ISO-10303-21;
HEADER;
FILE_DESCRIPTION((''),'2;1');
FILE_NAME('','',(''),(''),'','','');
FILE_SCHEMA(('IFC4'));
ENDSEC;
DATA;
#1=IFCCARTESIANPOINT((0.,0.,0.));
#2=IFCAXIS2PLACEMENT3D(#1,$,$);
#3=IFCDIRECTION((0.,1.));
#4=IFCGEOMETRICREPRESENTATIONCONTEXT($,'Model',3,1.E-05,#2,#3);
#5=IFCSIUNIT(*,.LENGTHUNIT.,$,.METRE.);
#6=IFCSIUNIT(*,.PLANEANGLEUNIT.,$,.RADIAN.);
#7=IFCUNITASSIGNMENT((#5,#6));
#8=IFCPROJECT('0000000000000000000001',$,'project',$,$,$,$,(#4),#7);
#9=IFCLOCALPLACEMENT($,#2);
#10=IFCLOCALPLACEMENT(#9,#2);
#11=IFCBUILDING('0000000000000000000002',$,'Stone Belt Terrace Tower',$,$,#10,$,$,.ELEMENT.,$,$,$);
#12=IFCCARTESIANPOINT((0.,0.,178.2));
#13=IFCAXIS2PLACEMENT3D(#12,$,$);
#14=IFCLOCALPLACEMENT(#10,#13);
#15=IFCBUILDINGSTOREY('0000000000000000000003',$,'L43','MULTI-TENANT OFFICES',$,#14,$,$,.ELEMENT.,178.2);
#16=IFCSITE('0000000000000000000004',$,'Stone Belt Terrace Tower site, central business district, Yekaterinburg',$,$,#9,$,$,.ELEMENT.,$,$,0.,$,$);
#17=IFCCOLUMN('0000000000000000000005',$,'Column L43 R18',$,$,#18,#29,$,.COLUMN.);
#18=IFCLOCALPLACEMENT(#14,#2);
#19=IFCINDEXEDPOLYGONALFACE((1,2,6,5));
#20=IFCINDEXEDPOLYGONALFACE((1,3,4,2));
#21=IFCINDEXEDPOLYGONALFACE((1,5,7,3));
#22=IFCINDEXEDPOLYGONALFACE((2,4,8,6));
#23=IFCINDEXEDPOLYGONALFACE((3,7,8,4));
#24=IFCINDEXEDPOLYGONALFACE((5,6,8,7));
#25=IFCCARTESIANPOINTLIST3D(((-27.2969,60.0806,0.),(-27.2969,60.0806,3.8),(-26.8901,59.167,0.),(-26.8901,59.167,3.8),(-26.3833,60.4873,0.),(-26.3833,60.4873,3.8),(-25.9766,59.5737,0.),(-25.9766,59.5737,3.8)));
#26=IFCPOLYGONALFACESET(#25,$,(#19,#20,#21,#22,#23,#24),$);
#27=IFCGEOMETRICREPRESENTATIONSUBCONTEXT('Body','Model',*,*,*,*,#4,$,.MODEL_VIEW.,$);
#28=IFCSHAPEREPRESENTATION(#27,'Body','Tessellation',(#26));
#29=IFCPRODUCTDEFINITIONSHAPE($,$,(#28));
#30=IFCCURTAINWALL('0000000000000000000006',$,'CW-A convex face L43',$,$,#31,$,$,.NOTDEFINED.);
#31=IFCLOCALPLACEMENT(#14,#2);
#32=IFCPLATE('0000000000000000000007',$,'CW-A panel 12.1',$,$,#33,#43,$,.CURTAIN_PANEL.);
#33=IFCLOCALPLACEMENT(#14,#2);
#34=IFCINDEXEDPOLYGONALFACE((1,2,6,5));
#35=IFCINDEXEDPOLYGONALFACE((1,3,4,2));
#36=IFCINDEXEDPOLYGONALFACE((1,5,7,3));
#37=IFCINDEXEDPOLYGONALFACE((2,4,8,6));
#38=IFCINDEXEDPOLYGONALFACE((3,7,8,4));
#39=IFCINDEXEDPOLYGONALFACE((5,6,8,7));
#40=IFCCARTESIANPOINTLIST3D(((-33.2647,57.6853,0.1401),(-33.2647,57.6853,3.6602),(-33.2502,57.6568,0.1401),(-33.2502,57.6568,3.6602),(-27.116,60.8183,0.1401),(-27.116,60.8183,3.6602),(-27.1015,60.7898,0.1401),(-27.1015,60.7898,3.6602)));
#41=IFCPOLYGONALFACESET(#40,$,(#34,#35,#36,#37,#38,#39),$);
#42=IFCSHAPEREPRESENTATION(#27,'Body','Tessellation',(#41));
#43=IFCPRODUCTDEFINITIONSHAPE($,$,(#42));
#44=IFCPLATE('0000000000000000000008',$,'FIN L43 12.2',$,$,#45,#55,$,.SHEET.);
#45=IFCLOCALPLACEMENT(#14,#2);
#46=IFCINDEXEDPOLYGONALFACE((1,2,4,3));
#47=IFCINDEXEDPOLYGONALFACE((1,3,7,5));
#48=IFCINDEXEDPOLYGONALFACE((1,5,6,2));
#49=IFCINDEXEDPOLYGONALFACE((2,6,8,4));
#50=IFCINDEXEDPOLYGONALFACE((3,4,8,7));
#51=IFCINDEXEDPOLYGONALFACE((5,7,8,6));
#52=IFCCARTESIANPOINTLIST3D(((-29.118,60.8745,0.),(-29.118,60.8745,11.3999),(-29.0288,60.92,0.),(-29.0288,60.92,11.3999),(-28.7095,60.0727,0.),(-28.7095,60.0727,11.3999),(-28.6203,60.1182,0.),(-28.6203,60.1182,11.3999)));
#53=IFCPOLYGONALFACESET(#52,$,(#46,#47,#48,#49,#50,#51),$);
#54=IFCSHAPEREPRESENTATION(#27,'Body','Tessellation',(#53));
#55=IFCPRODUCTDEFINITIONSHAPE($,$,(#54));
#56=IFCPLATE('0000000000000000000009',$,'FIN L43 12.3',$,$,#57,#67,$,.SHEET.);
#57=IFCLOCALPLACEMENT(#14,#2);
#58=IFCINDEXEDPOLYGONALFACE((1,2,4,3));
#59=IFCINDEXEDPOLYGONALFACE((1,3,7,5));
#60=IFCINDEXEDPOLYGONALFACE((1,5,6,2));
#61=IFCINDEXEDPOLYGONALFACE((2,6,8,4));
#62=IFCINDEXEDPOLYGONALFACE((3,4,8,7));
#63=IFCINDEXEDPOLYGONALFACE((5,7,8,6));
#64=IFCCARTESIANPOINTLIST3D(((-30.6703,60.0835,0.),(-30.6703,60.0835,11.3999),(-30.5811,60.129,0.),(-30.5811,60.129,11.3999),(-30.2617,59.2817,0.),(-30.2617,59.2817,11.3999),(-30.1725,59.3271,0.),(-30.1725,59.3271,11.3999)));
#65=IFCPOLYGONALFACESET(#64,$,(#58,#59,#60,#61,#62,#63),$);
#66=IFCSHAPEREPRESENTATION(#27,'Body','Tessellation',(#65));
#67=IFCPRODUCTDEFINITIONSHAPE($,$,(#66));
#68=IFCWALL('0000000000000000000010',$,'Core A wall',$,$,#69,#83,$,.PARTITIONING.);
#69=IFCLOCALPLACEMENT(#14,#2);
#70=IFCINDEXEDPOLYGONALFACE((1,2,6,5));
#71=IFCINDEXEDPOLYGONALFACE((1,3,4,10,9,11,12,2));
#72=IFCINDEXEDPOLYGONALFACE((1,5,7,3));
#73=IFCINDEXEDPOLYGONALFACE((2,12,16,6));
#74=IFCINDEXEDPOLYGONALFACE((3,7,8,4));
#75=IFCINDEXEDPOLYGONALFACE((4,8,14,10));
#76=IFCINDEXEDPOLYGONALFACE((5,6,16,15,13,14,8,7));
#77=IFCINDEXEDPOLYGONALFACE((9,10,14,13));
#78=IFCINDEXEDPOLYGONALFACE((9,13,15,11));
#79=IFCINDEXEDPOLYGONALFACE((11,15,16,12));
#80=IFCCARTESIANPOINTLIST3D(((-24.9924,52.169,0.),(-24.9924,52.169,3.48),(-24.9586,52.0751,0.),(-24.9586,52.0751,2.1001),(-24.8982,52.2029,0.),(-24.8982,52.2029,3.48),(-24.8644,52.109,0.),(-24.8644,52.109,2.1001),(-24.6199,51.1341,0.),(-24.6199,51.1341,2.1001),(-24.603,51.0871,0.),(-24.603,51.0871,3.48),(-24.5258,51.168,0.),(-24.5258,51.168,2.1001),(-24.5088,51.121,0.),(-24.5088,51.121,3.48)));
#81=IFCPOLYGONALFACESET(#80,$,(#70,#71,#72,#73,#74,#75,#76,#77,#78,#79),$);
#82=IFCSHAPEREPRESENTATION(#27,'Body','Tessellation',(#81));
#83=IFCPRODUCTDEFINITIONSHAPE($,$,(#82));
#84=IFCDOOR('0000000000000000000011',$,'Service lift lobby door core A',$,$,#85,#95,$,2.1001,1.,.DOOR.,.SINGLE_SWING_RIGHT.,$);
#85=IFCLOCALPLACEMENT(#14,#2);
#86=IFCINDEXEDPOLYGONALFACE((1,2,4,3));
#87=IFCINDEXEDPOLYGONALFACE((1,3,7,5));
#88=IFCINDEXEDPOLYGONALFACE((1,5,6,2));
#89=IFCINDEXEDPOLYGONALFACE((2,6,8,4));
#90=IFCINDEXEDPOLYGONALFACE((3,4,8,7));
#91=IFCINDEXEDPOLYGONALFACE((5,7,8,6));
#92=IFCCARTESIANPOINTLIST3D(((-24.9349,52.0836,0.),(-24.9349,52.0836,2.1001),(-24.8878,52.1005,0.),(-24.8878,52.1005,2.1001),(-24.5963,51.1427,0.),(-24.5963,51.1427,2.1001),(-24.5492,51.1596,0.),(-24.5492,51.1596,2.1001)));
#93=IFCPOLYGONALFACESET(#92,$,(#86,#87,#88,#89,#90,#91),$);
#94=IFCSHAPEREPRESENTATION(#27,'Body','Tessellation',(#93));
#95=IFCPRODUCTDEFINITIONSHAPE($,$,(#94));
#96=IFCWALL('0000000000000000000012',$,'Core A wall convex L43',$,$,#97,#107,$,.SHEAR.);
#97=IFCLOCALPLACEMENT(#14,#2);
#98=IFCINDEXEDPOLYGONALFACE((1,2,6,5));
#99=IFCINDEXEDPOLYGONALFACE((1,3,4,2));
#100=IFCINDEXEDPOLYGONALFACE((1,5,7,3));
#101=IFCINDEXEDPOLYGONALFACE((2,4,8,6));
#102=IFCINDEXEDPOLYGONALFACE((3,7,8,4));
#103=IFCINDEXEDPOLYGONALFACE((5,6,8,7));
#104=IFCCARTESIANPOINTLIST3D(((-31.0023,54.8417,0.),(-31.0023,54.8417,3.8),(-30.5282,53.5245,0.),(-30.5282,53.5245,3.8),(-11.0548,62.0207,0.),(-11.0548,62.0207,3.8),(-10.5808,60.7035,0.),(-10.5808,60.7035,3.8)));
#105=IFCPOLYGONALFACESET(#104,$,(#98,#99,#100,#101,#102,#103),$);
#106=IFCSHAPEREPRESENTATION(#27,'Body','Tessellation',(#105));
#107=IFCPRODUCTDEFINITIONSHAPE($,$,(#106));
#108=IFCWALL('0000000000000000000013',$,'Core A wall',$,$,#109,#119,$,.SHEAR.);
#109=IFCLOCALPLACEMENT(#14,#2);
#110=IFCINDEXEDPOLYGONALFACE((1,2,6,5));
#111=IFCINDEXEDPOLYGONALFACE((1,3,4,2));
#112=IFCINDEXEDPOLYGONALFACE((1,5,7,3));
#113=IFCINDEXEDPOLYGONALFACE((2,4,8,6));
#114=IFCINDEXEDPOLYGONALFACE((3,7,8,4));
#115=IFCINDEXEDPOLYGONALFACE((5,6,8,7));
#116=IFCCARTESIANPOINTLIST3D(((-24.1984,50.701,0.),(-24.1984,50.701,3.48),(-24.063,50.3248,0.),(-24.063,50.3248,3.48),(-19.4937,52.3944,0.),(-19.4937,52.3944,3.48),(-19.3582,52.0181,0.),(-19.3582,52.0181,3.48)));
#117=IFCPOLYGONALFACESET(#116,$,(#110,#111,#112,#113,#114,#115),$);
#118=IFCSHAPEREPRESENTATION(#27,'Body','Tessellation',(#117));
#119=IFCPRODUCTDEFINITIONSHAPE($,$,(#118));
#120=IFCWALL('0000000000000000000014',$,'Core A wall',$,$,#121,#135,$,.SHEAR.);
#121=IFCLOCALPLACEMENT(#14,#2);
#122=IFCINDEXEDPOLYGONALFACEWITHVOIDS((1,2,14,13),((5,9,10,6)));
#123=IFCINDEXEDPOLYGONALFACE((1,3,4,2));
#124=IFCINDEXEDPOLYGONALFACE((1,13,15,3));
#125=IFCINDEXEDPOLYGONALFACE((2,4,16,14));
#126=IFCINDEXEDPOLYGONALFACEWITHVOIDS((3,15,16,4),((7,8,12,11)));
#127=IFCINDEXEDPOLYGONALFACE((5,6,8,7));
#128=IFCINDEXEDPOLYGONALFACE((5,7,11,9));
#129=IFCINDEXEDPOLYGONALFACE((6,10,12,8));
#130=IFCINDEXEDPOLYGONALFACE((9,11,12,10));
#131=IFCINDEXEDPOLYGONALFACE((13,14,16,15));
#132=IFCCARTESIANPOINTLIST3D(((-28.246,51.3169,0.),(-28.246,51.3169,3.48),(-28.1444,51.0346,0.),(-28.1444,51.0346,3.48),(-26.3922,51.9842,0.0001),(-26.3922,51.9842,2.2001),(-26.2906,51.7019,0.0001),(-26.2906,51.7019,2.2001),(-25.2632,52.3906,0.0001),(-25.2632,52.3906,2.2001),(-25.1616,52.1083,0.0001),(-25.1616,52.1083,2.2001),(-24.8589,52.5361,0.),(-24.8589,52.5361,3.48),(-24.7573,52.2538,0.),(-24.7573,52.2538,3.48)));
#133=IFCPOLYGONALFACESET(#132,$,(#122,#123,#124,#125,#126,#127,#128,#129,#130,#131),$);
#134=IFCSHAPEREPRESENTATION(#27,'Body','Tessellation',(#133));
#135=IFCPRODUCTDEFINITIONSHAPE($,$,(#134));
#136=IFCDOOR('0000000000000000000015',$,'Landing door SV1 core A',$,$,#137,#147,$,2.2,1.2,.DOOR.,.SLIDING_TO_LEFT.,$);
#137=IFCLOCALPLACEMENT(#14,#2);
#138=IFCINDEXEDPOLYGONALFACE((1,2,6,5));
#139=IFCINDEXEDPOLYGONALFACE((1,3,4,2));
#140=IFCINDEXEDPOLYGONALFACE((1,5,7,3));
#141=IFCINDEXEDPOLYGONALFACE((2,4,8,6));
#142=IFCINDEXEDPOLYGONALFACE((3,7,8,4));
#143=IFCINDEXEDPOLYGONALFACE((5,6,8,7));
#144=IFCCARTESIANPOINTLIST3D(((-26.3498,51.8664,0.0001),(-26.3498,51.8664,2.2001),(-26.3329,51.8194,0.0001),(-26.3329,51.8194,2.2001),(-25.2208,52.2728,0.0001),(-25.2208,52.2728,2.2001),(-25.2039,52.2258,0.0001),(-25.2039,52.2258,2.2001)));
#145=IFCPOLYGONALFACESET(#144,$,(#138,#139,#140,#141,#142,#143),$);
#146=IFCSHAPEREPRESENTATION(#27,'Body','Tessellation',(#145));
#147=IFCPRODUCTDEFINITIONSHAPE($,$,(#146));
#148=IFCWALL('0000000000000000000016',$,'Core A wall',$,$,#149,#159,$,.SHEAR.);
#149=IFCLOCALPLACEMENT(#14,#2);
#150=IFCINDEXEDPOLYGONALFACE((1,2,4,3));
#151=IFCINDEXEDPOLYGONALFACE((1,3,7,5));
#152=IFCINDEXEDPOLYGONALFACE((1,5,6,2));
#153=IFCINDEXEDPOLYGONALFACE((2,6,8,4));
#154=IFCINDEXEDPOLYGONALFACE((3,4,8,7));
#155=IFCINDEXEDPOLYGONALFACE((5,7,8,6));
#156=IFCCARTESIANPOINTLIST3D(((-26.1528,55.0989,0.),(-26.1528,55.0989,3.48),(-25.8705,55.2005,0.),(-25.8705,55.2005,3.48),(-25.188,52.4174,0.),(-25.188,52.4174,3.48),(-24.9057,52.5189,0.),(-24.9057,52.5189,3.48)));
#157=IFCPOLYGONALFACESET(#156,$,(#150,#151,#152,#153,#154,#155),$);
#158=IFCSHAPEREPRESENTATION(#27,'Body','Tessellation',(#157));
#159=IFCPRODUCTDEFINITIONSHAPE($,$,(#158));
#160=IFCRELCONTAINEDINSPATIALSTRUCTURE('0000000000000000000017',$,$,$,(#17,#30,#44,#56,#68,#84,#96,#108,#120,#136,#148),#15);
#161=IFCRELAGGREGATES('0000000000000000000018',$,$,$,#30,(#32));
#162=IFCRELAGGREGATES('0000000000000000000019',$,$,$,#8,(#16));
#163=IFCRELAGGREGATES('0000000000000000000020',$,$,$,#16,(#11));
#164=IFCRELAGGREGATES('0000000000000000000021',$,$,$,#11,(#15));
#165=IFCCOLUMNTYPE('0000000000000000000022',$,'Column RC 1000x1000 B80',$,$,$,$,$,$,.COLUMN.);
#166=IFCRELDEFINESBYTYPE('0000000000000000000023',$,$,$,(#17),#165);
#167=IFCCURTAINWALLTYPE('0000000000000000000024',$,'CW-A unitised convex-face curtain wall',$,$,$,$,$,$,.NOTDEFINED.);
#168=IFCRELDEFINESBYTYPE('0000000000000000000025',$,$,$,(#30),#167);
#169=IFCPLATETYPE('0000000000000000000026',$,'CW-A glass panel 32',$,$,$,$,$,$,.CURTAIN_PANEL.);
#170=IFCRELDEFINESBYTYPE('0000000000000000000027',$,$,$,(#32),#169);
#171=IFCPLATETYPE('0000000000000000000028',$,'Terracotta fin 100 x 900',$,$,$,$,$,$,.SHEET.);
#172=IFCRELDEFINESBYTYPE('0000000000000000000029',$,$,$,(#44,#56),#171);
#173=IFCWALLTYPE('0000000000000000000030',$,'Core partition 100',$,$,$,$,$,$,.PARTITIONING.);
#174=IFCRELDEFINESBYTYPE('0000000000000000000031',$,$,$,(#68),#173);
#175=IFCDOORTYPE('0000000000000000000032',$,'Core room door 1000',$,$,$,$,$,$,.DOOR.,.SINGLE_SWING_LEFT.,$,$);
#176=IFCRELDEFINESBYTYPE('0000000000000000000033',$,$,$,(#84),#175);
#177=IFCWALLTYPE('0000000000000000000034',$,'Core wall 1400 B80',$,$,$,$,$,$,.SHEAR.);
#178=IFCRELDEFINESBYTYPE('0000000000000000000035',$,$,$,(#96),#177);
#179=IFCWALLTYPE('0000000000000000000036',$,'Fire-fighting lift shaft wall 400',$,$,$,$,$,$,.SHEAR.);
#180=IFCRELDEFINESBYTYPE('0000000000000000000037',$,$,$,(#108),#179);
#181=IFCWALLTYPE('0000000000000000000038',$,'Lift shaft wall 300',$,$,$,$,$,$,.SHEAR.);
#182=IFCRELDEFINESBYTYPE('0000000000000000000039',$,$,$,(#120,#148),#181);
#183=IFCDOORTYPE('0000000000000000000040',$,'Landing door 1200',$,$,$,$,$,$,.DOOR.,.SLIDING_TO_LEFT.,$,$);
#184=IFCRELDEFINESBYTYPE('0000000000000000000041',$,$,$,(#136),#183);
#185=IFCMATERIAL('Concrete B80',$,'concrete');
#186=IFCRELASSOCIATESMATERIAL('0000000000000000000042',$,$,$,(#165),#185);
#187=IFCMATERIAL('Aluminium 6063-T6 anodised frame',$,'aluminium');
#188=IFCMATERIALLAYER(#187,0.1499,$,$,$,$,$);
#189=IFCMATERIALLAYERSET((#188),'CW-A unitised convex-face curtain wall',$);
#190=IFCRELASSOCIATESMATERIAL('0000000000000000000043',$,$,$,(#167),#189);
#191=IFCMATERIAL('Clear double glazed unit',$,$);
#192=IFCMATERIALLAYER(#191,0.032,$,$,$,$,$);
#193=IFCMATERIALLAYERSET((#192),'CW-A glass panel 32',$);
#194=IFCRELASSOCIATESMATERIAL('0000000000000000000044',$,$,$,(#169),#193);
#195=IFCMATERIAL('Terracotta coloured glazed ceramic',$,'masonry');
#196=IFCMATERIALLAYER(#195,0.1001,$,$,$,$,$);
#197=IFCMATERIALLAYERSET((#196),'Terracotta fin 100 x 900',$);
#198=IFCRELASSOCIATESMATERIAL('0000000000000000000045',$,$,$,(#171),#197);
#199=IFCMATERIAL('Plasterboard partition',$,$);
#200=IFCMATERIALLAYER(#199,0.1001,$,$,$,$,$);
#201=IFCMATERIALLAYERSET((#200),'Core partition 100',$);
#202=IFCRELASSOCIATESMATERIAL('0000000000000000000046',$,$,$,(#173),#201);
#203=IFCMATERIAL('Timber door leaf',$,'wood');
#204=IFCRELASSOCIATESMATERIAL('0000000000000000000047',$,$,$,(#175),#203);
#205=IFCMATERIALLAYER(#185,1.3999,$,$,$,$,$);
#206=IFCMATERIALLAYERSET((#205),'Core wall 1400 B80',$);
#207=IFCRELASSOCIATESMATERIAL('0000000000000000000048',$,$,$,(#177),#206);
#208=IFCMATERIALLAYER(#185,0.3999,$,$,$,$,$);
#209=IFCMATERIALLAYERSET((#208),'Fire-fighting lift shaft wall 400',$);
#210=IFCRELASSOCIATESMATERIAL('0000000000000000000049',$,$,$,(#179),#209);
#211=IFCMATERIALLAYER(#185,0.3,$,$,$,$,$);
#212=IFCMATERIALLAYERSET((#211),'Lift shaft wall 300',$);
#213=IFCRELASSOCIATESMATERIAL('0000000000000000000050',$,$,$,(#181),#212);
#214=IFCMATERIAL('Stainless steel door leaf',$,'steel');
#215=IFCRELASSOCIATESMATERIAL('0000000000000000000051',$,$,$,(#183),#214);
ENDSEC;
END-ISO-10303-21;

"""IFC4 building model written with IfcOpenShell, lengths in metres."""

from ifc_helpers import new_model, si_unit, direction, frame, frame_2d, origin, origin_2d, place, context, subcontext, project, spatial, rectangle, extrude, material, layer, layer_set, material_profile, profile_set, type_object, element, fill, aggregate, save


model = new_model("IFC4")

# Units and contexts
model_context = context("Model", 3, precision=1e-05, world=origin(), true_north=direction((0.0, 1.0)))
body_context = subcontext(model_context, "Body", "Model", "MODEL_VIEW")
ifc_project = project(units=[si_unit("LENGTHUNIT", "METRE"), si_unit("PLANEANGLEUNIT", "RADIAN")], contexts=[model_context])

# Site, building, storey
site_placement = place(None, origin())
site = spatial("IfcSite", under=ifc_project, at=site_placement, Name="Stone Belt Terrace Tower site, central business district, Yekaterinburg", CompositionType="ELEMENT", RefElevation=0.0)
building_placement = place(site_placement, origin())
building = spatial("IfcBuilding", under=site, at=building_placement, Name="Stone Belt Terrace Tower", CompositionType="ELEMENT")
storey_placement = place(building_placement, frame((0.0, 0.0, 178.2)))
storey = spatial("IfcBuildingStorey", under=building, at=storey_placement, Name="L43", Description="MULTI-TENANT OFFICES", CompositionType="ELEMENT", Elevation=178.2)

# Column
ifc_material_1 = material(Name="Concrete B80", Category="concrete")
ifc_material_profile = material_profile(ifc_material_1, rectangle(XDim=1.0, YDim=1.0, at=origin_2d()), Name="RC 1000x1000")
ifc_profile_set = profile_set([ifc_material_profile], Name="Concrete B80")
column_type = type_object("IfcColumnType", Name="Column RC 1000x1000 B80", PredefinedType="COLUMN", material=ifc_profile_set)
column_placement = place(storey_placement, frame((-26.6367, 59.8271, 0.0), z_axis=(0.0, 0.0, 1.0), x_axis=(0.913545, 0.406737, 0.0)))
element("IfcColumn", 1, at=column_placement, inside=storey, type_object=column_type, Name="Column L43 R18", PredefinedType="COLUMN", context=body_context, shape_type="SweptSolid", body=[
    extrude(rectangle(XDim=1.0, YDim=1.0, at=origin_2d()), origin(), (0.0, 0.0, 1.0), 3.8),
])

# Curtain wall, plate
ifc_material_2 = material(Name="Aluminium 6063-T6 anodised frame", Category="aluminium")
ifc_layer_1 = layer(ifc_material_2, 0.1499)
ifc_layer_set_1 = layer_set([ifc_layer_1], Name="CW-A unitised convex-face curtain wall")
curtain_wall_type = type_object("IfcCurtainWallType", Name="CW-A unitised convex-face curtain wall", PredefinedType="NOTDEFINED", material=ifc_layer_set_1)
curtain_wall_placement = place(storey_placement, origin())
curtain_wall = element("IfcCurtainWall", 2, at=curtain_wall_placement, inside=storey, type_object=curtain_wall_type, Name="CW-A convex face L43", PredefinedType="NOTDEFINED")
ifc_material_3 = material(Name="Clear double glazed unit")
ifc_layer_2 = layer(ifc_material_3, 0.032)
ifc_layer_set_2 = layer_set([ifc_layer_2], Name="CW-A glass panel 32")
plate_type_1 = type_object("IfcPlateType", Name="CW-A glass panel 32", PredefinedType="CURTAIN_PANEL", material=ifc_layer_set_2)
plate_placement = place(storey_placement, frame((-30.1831, 59.2375, 0.1401), z_axis=(0.0, 0.0, 1.0), x_axis=(-0.891007, -0.45399, 0.0)))
plate = element("IfcPlate", 3, at=plate_placement, type_object=plate_type_1, Name="CW-A panel 12.1", PredefinedType="CURTAIN_PANEL", context=body_context, shape_type="SweptSolid", body=[
    extrude(rectangle(XDim=6.9009, YDim=0.032, at=origin_2d()), origin(), (0.0, 0.0, 1.0), 3.52),
])
aggregate(curtain_wall, [plate])

# Plates
ifc_material_4 = material(Name="Terracotta coloured glazed ceramic", Category="masonry")
ifc_layer_3 = layer(ifc_material_4, 0.1001)
ifc_layer_set_3 = layer_set([ifc_layer_3], Name="Terracotta fin 100 x 900")
plate_type_2 = type_object("IfcPlateType", Name="Terracotta fin 100 x 900", PredefinedType="SHEET", material=ifc_layer_set_3)
for number, where, z_axis, x_axis, name in (
    (4, (-28.8691, 60.4963, 0.0), (0.0, 0.0, 1.0), (-0.45399, 0.891007, 0.0), "FIN L43 12.2"),
    (5, (-30.4214, 59.7053, 0.0), (0.0, 0.0, 1.0), (-0.45399, 0.891007, 0.0), "FIN L43 12.3"),
):
    element("IfcPlate", number, at=place(storey_placement, frame(where, z_axis=z_axis, x_axis=x_axis)), inside=storey, type_object=plate_type_2, Name=name, PredefinedType="SHEET", context=body_context, shape_type="SweptSolid", body=[
        extrude(rectangle(XDim=0.8999, YDim=0.1001, at=origin_2d()), origin(), (0.0, 0.0, 1.0), 11.3999),
    ])

# Wall, opening, door
ifc_material_5 = material(Name="Plasterboard partition")
ifc_layer_4 = layer(ifc_material_5, 0.1001)
ifc_layer_set_4 = layer_set([ifc_layer_4], Name="Core partition 100")
wall_type_1 = type_object("IfcWallType", Name="Core partition 100", PredefinedType="PARTITIONING", material=ifc_layer_set_4)
wall_1_placement = place(storey_placement, frame((-24.5559, 51.104, 0.0), z_axis=(0.0, 0.0, 1.0), x_axis=(-0.338622, 0.940923, 0.0)))
wall_1 = element("IfcWall", 6, at=wall_1_placement, inside=storey, type_object=wall_type_1, Name="Core A wall", PredefinedType="PARTITIONING", context=body_context, shape_type="SweptSolid", body=[
    extrude(rectangle(XDim=1.1499, YDim=0.1001, at=frame_2d((0.575, 0.0))), origin(), (0.0, 0.0, 1.0), 3.48),
])
opening_1_placement = place(wall_1_placement, frame((0.05, 0.0, 0.0)))
opening_1 = element("IfcOpeningElement", 7, at=opening_1_placement, cuts=wall_1, PredefinedType="OPENING", context=body_context, shape_type="SweptSolid", body=[
    extrude(rectangle(XDim=1.0, YDim=2.1001, at=frame_2d((0.5, 1.05))), frame((0.0, 0.0601, 0.0), z_axis=(0.0, -1.0, 0.0), x_axis=(1.0, 0.0, 0.0)), (0.0, 0.0, 1.0), 0.1201),
])
ifc_material_6 = material(Name="Timber door leaf", Category="wood")
door_type_1 = type_object("IfcDoorType", Name="Core room door 1000", OperationType="SINGLE_SWING_LEFT", PredefinedType="DOOR", material=ifc_material_6)
door_1_placement = place(opening_1_placement, origin())
door_1 = element("IfcDoor", 8, at=door_1_placement, inside=storey, type_object=door_type_1, Name="Service lift lobby door core A", OperationType="SINGLE_SWING_RIGHT", OverallHeight=2.1001, OverallWidth=1.0, PredefinedType="DOOR", context=body_context, shape_type="SweptSolid", body=[
    extrude(rectangle(XDim=1.0, YDim=2.1001, at=frame_2d((0.5, 1.05))), frame((0.0, 0.0249, 0.0), z_axis=(0.0, -1.0, 0.0), x_axis=(1.0, 0.0, 0.0)), (0.0, 0.0, 1.0), 0.05),
])
fill(opening_1, door_1)

# Walls
ifc_layer_5 = layer(ifc_material_1, 1.3999)
ifc_layer_set_5 = layer_set([ifc_layer_5], Name="Core wall 1400 B80")
wall_type_2 = type_object("IfcWallType", Name="Core wall 1400 B80", PredefinedType="SHEAR", material=ifc_layer_set_5)
wall_2_placement = place(storey_placement, frame((-30.7654, 54.1831, 0.0), z_axis=(0.0, 0.0, 1.0), x_axis=(0.94092, 0.33863, 0.0)))
element("IfcWall", 9, at=wall_2_placement, inside=storey, type_object=wall_type_2, Name="Core A wall convex L43", PredefinedType="SHEAR", context=body_context, shape_type="SweptSolid", body=[
    extrude(rectangle(XDim=21.2, YDim=1.3999, at=frame_2d((10.6001, 0.0))), origin(), (0.0, 0.0, 1.0), 3.8),
])
ifc_layer_6 = layer(ifc_material_1, 0.3999)
ifc_layer_set_6 = layer_set([ifc_layer_6], Name="Fire-fighting lift shaft wall 400")
wall_type_3 = type_object("IfcWallType", Name="Fire-fighting lift shaft wall 400", PredefinedType="SHEAR", material=ifc_layer_set_6)
wall_3_placement = place(storey_placement, frame((-24.1306, 50.5129, 0.0), z_axis=(0.0, 0.0, 1.0), x_axis=(0.940912, 0.338652, 0.0)))
element("IfcWall", 10, at=wall_3_placement, inside=storey, type_object=wall_type_3, Name="Core A wall", PredefinedType="SHEAR", context=body_context, shape_type="SweptSolid", body=[
    extrude(rectangle(XDim=5.0002, YDim=0.3999, at=frame_2d((2.5, 0.0))), origin(), (0.0, 0.0, 1.0), 3.48),
])

# Wall, opening, door
ifc_layer_7 = layer(ifc_material_1, 0.3)
ifc_layer_set_7 = layer_set([ifc_layer_7], Name="Lift shaft wall 300")
wall_type_4 = type_object("IfcWallType", Name="Lift shaft wall 300", PredefinedType="SHEAR", material=ifc_layer_set_7)
wall_4_placement = place(storey_placement, frame((-28.1951, 51.1758, 0.0), z_axis=(0.0, 0.0, 1.0), x_axis=(0.940901, 0.338681, 0.0)))
wall_4 = element("IfcWall", 11, at=wall_4_placement, inside=storey, type_object=wall_type_4, Name="Core A wall", PredefinedType="SHEAR", context=body_context, shape_type="SweptSolid", body=[
    extrude(rectangle(XDim=3.5999, YDim=0.3, at=frame_2d((1.7998, 0.0))), origin(), (0.0, 0.0, 1.0), 3.48),
])
opening_2_placement = place(wall_4_placement, frame((1.97, 0.0, 0.0)))
opening_2 = element("IfcOpeningElement", 12, at=opening_2_placement, cuts=wall_4, PredefinedType="OPENING", context=body_context, shape_type="SweptSolid", body=[
    extrude(rectangle(XDim=1.2, YDim=2.2, at=frame_2d((0.6001, 1.1001))), frame((0.0, 0.1599, 0.0), z_axis=(0.0, -1.0, 0.0), x_axis=(1.0, 0.0, 0.0)), (0.0, 0.0, 1.0), 0.3201),
])
ifc_material_7 = material(Name="Stainless steel door leaf", Category="steel")
door_type_2 = type_object("IfcDoorType", Name="Landing door 1200", OperationType="SLIDING_TO_LEFT", PredefinedType="DOOR", material=ifc_material_7)
door_2_placement = place(opening_2_placement, origin())
door_2 = element("IfcDoor", 13, at=door_2_placement, inside=storey, type_object=door_type_2, Name="Landing door SV1 core A", OperationType="SLIDING_TO_LEFT", OverallHeight=2.2, OverallWidth=1.2, PredefinedType="DOOR", context=body_context, shape_type="SweptSolid", body=[
    extrude(rectangle(XDim=1.2, YDim=2.2, at=frame_2d((0.6001, 1.1001))), frame((0.0, 0.0249, 0.0), z_axis=(0.0, -1.0, 0.0), x_axis=(1.0, 0.0, 0.0)), (0.0, 0.0, 1.0), 0.05),
])
fill(opening_2, door_2)

# Wall
wall_5_placement = place(storey_placement, frame((-25.0469, 52.4683, 0.0), z_axis=(0.0, 0.0, 1.0), x_axis=(-0.33855, 0.940949, 0.0)))
element("IfcWall", 14, at=wall_5_placement, inside=storey, type_object=wall_type_4, Name="Core A wall", PredefinedType="SHEAR", context=body_context, shape_type="SweptSolid", body=[
    extrude(rectangle(XDim=2.8499, YDim=0.3, at=frame_2d((1.4248, 0.0))), origin(), (0.0, 0.0, 1.0), 3.48),
])

save(model, "model.ifc")
